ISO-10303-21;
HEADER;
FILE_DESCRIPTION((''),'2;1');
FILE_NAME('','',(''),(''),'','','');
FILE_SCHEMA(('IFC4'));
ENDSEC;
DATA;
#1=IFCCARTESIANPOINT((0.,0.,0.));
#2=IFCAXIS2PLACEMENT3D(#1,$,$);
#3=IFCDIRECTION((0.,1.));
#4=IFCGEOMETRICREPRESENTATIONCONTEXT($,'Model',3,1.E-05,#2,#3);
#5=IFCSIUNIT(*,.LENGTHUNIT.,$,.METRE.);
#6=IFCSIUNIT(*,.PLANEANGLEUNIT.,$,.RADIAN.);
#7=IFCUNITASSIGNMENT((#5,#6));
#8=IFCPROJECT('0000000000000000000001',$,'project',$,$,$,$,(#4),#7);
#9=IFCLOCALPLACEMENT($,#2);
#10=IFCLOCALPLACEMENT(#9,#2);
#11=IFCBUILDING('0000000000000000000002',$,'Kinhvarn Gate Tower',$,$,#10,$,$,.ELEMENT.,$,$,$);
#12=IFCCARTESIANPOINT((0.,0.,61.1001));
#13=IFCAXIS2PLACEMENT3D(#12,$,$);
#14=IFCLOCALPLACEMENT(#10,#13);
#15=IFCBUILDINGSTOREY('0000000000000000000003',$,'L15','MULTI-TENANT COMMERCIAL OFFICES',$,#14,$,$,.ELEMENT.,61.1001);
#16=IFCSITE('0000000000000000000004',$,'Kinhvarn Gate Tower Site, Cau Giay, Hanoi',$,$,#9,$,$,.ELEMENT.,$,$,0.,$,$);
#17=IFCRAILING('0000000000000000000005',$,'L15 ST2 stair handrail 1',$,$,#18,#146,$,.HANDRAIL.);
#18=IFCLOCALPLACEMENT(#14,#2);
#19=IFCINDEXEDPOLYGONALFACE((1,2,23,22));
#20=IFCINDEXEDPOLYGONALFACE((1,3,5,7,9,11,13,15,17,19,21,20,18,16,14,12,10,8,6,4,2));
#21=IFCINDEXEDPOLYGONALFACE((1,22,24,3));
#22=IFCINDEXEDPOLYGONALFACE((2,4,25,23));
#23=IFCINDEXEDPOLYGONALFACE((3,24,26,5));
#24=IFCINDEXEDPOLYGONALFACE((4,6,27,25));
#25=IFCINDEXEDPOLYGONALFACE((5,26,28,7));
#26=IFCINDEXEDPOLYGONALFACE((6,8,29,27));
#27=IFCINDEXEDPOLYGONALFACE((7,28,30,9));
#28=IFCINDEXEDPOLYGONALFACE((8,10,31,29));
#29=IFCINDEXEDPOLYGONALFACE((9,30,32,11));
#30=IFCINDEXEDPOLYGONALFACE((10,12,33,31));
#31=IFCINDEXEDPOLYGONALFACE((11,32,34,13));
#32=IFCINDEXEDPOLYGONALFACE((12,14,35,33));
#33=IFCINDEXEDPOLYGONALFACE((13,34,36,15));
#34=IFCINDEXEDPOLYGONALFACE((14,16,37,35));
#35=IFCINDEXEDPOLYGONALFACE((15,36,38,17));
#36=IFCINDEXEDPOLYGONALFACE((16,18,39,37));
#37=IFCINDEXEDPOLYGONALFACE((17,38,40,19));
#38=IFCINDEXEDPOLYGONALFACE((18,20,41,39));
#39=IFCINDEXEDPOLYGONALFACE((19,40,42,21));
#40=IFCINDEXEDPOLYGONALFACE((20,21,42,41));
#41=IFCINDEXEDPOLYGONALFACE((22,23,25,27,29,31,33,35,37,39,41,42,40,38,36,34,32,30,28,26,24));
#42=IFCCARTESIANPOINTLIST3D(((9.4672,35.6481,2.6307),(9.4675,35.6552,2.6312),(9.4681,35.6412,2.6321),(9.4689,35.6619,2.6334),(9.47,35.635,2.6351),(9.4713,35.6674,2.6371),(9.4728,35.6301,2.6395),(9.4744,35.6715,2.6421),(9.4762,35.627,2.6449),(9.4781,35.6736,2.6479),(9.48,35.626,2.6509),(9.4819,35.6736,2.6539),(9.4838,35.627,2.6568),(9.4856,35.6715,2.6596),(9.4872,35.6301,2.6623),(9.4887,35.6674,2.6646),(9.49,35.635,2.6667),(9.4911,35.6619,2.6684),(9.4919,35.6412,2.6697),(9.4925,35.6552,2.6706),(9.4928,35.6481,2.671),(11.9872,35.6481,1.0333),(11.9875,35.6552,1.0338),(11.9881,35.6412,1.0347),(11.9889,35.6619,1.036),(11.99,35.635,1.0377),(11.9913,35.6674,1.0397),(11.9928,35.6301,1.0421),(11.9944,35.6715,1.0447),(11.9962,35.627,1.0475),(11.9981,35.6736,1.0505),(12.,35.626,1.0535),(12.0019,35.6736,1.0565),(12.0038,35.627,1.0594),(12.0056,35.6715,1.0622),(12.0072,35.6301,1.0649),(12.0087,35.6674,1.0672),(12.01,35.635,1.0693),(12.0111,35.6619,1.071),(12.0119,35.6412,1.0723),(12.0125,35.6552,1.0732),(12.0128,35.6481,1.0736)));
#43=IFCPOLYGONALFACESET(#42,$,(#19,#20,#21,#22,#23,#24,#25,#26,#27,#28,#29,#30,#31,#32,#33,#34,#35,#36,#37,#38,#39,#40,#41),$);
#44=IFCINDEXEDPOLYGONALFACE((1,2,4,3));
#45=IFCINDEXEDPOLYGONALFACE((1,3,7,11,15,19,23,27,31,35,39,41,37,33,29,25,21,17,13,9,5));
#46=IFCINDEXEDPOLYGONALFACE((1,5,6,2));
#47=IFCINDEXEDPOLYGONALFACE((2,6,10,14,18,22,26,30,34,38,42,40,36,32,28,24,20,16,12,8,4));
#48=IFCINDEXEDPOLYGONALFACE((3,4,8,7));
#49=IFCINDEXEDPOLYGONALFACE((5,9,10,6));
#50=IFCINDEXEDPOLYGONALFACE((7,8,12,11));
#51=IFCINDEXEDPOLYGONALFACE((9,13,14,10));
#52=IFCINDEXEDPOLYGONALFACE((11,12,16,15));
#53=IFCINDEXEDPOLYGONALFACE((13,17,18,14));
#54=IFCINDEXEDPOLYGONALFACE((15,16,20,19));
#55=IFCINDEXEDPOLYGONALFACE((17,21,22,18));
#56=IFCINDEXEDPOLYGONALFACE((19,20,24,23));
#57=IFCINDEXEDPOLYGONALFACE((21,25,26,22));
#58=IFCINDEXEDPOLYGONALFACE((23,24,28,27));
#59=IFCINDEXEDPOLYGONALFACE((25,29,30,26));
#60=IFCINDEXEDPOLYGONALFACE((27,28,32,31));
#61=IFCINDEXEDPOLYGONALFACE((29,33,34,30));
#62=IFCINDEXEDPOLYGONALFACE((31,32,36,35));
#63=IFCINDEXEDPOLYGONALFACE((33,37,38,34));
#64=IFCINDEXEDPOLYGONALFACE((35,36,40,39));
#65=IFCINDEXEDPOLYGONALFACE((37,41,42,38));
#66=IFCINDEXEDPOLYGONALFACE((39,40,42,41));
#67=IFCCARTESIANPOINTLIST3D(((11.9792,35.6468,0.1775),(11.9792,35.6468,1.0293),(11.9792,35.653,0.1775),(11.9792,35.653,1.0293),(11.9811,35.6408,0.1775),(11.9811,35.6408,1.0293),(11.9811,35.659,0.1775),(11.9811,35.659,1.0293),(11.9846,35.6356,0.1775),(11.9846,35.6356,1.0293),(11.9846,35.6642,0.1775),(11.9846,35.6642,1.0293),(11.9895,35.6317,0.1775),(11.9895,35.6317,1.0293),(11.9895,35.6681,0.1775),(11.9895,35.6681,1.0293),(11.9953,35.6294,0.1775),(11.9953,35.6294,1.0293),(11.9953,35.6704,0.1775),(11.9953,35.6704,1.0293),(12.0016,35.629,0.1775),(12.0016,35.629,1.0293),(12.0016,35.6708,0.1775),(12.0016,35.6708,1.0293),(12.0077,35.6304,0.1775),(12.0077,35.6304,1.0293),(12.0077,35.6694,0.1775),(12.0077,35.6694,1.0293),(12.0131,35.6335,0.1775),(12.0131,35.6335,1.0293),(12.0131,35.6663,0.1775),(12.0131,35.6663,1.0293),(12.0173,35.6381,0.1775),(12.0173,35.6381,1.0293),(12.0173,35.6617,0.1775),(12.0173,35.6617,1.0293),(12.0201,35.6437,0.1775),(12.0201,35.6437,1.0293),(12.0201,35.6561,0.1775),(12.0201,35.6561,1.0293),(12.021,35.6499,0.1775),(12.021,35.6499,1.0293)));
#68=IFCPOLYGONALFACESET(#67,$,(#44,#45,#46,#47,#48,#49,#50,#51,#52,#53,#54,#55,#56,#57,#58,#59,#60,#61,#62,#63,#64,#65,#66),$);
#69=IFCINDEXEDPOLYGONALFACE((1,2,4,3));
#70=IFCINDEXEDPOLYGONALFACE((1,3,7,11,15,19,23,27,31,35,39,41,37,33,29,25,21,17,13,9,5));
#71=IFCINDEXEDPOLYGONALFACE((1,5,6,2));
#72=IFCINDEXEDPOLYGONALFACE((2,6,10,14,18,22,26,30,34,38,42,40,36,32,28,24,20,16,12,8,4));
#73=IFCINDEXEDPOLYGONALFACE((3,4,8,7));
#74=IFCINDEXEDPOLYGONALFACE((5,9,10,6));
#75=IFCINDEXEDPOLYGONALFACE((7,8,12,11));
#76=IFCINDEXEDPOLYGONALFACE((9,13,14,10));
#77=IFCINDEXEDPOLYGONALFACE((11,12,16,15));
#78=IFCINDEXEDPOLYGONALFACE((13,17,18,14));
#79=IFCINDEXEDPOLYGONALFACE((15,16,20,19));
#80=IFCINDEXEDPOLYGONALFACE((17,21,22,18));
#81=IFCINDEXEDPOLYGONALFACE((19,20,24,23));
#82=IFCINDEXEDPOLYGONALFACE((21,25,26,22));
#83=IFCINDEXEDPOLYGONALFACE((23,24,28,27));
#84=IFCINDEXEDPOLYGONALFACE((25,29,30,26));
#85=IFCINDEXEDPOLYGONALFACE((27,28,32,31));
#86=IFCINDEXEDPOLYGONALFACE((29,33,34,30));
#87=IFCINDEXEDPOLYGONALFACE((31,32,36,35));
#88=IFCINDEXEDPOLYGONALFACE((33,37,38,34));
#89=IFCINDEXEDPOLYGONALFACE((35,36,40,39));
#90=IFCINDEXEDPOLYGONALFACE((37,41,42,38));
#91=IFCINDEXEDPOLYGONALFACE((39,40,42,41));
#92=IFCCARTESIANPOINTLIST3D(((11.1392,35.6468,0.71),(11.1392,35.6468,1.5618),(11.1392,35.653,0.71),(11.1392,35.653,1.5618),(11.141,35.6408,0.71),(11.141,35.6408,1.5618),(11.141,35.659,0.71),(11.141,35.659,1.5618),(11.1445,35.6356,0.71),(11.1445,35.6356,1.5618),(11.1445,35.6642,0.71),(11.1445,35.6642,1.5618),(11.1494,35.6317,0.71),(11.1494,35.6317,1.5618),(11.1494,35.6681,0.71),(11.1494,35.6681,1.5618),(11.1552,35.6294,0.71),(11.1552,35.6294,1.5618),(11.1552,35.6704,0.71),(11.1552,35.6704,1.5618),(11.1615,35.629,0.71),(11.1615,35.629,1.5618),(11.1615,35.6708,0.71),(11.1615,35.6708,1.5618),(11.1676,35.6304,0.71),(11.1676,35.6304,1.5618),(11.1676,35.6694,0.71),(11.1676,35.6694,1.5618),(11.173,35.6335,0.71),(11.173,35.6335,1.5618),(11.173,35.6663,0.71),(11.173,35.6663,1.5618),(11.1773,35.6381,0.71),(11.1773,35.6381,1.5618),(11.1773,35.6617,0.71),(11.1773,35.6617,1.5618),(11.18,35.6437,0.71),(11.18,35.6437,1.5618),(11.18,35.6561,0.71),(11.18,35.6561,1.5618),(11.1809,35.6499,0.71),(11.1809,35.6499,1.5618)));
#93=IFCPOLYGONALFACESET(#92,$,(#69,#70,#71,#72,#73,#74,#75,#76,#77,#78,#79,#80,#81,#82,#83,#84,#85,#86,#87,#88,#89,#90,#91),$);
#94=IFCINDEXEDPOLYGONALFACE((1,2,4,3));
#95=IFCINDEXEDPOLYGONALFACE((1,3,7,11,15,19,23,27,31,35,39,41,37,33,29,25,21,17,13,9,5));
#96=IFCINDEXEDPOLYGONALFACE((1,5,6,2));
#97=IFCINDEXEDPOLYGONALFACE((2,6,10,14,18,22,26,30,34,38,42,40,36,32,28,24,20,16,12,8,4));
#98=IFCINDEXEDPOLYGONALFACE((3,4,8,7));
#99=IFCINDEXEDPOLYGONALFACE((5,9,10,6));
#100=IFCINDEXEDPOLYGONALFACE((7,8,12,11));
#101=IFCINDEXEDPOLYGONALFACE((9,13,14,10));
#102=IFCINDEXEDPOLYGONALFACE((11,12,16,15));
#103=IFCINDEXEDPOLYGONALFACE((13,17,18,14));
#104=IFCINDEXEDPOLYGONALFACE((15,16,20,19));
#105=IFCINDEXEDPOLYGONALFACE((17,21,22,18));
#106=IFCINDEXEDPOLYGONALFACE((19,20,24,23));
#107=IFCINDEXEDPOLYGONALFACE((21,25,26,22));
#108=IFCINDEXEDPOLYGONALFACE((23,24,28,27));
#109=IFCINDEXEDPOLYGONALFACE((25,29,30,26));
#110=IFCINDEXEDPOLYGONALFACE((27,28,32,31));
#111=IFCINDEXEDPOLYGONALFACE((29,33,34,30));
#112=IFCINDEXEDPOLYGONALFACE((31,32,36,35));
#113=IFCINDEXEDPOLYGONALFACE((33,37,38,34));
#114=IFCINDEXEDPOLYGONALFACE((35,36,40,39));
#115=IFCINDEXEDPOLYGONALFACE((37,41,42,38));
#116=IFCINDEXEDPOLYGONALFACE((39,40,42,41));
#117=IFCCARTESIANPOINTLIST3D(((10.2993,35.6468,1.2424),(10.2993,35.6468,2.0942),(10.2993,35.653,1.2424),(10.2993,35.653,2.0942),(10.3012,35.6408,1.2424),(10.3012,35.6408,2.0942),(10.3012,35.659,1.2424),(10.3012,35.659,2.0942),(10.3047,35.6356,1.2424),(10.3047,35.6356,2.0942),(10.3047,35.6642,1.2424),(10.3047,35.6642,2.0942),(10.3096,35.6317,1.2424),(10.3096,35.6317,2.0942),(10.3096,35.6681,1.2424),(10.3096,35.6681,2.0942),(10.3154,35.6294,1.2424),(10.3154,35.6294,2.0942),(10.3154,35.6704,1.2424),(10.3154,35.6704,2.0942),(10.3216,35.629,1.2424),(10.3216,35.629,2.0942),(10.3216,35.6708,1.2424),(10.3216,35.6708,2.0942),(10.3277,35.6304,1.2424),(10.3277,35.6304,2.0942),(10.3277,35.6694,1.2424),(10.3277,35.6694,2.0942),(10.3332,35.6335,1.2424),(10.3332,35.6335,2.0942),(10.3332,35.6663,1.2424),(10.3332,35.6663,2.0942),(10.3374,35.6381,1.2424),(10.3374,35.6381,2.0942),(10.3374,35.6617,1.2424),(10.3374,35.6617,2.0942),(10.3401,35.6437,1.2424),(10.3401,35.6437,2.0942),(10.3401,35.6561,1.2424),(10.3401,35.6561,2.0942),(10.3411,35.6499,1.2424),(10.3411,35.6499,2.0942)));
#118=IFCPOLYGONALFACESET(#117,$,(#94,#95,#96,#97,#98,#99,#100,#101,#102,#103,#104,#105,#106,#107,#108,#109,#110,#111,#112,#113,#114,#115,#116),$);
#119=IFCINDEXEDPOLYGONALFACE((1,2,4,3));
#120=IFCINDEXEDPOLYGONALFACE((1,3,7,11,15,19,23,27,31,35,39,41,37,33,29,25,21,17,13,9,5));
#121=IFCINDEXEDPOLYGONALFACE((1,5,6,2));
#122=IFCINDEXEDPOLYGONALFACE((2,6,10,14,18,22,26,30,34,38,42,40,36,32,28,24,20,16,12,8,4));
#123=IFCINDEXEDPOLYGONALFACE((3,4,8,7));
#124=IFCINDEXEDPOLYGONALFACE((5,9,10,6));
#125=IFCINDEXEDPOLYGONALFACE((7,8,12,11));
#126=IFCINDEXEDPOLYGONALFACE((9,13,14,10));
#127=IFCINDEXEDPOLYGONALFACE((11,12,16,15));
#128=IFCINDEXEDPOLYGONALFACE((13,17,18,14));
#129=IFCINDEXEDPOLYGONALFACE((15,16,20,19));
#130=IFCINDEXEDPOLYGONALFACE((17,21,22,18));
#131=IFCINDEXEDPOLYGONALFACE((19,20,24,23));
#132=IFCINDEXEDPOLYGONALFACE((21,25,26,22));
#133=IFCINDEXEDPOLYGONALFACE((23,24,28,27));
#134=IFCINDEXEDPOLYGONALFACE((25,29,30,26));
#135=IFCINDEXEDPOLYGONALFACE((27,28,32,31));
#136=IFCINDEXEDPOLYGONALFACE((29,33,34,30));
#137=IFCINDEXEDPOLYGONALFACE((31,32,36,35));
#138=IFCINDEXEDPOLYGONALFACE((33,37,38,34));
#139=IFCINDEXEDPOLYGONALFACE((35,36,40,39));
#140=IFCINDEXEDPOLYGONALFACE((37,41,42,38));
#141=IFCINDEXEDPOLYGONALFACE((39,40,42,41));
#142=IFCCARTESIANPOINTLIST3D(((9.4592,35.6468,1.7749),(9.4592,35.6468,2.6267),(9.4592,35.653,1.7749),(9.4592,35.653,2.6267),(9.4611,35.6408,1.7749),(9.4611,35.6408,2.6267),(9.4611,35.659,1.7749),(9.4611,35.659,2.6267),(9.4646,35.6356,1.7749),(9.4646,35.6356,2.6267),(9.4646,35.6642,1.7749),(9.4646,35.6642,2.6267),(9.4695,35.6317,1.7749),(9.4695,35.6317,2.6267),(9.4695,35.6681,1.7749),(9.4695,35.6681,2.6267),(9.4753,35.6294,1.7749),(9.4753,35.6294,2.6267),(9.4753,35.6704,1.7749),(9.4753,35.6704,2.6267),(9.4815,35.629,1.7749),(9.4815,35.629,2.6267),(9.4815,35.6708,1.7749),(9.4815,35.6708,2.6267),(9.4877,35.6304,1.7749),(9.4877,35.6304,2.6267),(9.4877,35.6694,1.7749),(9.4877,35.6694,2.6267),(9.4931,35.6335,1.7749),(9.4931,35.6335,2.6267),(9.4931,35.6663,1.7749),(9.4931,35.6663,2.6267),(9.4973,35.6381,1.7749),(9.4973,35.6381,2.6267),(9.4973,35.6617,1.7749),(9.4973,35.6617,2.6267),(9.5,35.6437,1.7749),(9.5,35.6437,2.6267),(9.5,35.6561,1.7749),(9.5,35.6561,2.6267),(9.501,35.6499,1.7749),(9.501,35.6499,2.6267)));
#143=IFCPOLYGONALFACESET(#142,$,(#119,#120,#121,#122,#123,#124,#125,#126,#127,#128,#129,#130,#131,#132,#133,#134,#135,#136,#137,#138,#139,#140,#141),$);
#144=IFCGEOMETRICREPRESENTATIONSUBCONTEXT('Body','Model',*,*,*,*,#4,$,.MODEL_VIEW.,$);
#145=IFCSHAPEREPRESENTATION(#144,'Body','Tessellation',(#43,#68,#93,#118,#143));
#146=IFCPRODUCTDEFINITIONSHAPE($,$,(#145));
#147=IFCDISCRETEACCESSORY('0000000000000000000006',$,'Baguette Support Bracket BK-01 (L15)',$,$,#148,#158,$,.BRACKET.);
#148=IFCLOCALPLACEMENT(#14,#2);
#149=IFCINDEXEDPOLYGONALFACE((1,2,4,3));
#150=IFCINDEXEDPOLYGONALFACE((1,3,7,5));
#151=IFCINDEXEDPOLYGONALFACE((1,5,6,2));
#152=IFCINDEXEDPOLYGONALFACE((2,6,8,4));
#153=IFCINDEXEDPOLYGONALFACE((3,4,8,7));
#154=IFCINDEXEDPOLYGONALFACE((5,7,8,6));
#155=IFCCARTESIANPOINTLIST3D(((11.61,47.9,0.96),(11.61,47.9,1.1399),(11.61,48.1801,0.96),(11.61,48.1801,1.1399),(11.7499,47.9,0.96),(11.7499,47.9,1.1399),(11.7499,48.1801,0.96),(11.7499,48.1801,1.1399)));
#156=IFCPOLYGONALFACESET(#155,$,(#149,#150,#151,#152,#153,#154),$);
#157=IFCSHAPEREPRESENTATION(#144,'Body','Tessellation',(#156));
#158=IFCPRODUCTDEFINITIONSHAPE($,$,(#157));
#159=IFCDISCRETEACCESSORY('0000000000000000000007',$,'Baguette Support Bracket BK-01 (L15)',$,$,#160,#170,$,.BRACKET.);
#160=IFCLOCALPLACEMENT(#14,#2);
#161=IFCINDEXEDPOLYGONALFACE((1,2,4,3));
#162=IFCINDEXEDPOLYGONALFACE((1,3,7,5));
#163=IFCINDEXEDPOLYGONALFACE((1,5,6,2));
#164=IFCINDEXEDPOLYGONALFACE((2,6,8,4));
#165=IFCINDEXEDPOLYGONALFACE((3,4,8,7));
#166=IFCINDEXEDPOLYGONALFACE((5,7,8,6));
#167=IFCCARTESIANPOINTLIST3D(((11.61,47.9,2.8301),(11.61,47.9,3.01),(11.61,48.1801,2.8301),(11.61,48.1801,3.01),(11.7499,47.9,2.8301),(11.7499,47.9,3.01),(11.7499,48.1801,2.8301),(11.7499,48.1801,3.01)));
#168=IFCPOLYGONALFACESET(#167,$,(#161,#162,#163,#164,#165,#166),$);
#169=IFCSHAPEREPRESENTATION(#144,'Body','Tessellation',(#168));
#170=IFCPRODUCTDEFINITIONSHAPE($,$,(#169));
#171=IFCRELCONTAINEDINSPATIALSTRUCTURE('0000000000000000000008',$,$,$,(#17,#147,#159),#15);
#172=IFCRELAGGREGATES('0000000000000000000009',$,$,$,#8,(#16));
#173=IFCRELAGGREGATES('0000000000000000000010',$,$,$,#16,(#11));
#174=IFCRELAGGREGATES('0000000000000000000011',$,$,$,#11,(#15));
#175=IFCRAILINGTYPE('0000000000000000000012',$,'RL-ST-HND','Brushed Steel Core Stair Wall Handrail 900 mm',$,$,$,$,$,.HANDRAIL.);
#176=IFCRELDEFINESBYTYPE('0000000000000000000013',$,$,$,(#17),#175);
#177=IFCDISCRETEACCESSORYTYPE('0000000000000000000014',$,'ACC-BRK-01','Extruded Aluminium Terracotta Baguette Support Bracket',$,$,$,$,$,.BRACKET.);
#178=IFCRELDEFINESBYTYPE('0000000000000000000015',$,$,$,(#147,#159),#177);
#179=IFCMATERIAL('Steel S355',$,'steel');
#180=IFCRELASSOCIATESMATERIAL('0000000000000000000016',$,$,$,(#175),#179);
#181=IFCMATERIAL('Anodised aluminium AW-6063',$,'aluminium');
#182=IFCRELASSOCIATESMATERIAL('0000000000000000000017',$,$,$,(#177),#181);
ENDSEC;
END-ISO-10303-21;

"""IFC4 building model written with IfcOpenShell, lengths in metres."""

from ifc_helpers import new_model, si_unit, direction, frame, origin, origin_2d, place, context, subcontext, project, spatial, rectangle, circle, extrude, material, type_object, element, save


model = new_model("IFC4")

# Units and contexts
model_context = context("Model", 3, precision=1e-05, world=origin(), true_north=direction((0.0, 1.0)))
body_context = subcontext(model_context, "Body", "Model", "MODEL_VIEW")
ifc_project = project(units=[si_unit("LENGTHUNIT", "METRE"), si_unit("PLANEANGLEUNIT", "RADIAN")], contexts=[model_context])

# Site, building, storey
site_placement = place(None, origin())
site = spatial("IfcSite", under=ifc_project, at=site_placement, Name="Kinhvarn Gate Tower Site, Cau Giay, Hanoi", CompositionType="ELEMENT", RefElevation=0.0)
building_placement = place(site_placement, origin())
building = spatial("IfcBuilding", under=site, at=building_placement, Name="Kinhvarn Gate Tower", CompositionType="ELEMENT")
storey_placement = place(building_placement, frame((0.0, 0.0, 61.1001)))
storey = spatial("IfcBuildingStorey", under=building, at=storey_placement, Name="L15", Description="MULTI-TENANT COMMERCIAL OFFICES", CompositionType="ELEMENT", Elevation=61.1001)

# Shared definitions
ifc_material_1 = material(Name="Anodised aluminium AW-6063", Category="aluminium")

# Shared definitions
ifc_material_2 = material(Name="Steel S355", Category="steel")

# Railing
railing_type_1 = type_object("IfcRailingType", Name="RL-ST-HND", Description="Brushed Steel Core Stair Wall Handrail 900 mm", PredefinedType="HANDRAIL", material=ifc_material_2)
railing_1_placement = place(storey_placement, frame((12.0, 35.6499, 0.1775)))
element("IfcRailing", 1, at=railing_1_placement, inside=storey, type_object=railing_type_1, Name="L15 ST2 stair handrail 1", PredefinedType="HANDRAIL", context=body_context, shape_type="SweptSolid", body=[
    extrude(circle(Radius=0.0239, at=origin_2d()), frame((0.0, 0.0, 0.876), z_axis=(-0.844607, 0.0, 0.535387), x_axis=(0.0, -1.0, 0.0)), (0.0, 0.0, 1.0), 2.9836),
    extrude(circle(Radius=0.021, at=origin_2d()), origin(), (0.0, 0.0, 1.0), 0.8518),
    extrude(circle(Radius=0.021, at=origin_2d()), frame((-0.8401, 0.0, 0.5325)), (0.0, 0.0, 1.0), 0.8518),
    extrude(circle(Radius=0.021, at=origin_2d()), frame((-1.6799, 0.0, 1.0649)), (0.0, 0.0, 1.0), 0.8518),
    extrude(circle(Radius=0.021, at=origin_2d()), frame((-2.52, 0.0, 1.5974)), (0.0, 0.0, 1.0), 0.8518),
])

# Discrete accessories
discrete_accessory_type = type_object("IfcDiscreteAccessoryType", Name="ACC-BRK-01", Description="Extruded Aluminium Terracotta Baguette Support Bracket", PredefinedType="BRACKET", material=ifc_material_1)
for number, where, z_axis, x_axis, name in (
    (2, (11.6799, 48.04, 0.96), (0.0, 0.0, 1.0), (-1.0, 0.0, 0.0), "Baguette Support Bracket BK-01 (L15)"),
    (3, (11.6799, 48.04, 2.8301), (0.0, 0.0, 1.0), (-1.0, 0.0, 0.0), "Baguette Support Bracket BK-01 (L15)"),
):
    element("IfcDiscreteAccessory", number, at=place(storey_placement, frame(where, z_axis=z_axis, x_axis=x_axis)), inside=storey, type_object=discrete_accessory_type, Name=name, PredefinedType="BRACKET", context=body_context, shape_type="SweptSolid", body=[
        extrude(rectangle(XDim=0.1399, YDim=0.28, at=origin_2d()), origin(), (0.0, 0.0, 1.0), 0.1799),
    ])

save(model, "model.ifc")
